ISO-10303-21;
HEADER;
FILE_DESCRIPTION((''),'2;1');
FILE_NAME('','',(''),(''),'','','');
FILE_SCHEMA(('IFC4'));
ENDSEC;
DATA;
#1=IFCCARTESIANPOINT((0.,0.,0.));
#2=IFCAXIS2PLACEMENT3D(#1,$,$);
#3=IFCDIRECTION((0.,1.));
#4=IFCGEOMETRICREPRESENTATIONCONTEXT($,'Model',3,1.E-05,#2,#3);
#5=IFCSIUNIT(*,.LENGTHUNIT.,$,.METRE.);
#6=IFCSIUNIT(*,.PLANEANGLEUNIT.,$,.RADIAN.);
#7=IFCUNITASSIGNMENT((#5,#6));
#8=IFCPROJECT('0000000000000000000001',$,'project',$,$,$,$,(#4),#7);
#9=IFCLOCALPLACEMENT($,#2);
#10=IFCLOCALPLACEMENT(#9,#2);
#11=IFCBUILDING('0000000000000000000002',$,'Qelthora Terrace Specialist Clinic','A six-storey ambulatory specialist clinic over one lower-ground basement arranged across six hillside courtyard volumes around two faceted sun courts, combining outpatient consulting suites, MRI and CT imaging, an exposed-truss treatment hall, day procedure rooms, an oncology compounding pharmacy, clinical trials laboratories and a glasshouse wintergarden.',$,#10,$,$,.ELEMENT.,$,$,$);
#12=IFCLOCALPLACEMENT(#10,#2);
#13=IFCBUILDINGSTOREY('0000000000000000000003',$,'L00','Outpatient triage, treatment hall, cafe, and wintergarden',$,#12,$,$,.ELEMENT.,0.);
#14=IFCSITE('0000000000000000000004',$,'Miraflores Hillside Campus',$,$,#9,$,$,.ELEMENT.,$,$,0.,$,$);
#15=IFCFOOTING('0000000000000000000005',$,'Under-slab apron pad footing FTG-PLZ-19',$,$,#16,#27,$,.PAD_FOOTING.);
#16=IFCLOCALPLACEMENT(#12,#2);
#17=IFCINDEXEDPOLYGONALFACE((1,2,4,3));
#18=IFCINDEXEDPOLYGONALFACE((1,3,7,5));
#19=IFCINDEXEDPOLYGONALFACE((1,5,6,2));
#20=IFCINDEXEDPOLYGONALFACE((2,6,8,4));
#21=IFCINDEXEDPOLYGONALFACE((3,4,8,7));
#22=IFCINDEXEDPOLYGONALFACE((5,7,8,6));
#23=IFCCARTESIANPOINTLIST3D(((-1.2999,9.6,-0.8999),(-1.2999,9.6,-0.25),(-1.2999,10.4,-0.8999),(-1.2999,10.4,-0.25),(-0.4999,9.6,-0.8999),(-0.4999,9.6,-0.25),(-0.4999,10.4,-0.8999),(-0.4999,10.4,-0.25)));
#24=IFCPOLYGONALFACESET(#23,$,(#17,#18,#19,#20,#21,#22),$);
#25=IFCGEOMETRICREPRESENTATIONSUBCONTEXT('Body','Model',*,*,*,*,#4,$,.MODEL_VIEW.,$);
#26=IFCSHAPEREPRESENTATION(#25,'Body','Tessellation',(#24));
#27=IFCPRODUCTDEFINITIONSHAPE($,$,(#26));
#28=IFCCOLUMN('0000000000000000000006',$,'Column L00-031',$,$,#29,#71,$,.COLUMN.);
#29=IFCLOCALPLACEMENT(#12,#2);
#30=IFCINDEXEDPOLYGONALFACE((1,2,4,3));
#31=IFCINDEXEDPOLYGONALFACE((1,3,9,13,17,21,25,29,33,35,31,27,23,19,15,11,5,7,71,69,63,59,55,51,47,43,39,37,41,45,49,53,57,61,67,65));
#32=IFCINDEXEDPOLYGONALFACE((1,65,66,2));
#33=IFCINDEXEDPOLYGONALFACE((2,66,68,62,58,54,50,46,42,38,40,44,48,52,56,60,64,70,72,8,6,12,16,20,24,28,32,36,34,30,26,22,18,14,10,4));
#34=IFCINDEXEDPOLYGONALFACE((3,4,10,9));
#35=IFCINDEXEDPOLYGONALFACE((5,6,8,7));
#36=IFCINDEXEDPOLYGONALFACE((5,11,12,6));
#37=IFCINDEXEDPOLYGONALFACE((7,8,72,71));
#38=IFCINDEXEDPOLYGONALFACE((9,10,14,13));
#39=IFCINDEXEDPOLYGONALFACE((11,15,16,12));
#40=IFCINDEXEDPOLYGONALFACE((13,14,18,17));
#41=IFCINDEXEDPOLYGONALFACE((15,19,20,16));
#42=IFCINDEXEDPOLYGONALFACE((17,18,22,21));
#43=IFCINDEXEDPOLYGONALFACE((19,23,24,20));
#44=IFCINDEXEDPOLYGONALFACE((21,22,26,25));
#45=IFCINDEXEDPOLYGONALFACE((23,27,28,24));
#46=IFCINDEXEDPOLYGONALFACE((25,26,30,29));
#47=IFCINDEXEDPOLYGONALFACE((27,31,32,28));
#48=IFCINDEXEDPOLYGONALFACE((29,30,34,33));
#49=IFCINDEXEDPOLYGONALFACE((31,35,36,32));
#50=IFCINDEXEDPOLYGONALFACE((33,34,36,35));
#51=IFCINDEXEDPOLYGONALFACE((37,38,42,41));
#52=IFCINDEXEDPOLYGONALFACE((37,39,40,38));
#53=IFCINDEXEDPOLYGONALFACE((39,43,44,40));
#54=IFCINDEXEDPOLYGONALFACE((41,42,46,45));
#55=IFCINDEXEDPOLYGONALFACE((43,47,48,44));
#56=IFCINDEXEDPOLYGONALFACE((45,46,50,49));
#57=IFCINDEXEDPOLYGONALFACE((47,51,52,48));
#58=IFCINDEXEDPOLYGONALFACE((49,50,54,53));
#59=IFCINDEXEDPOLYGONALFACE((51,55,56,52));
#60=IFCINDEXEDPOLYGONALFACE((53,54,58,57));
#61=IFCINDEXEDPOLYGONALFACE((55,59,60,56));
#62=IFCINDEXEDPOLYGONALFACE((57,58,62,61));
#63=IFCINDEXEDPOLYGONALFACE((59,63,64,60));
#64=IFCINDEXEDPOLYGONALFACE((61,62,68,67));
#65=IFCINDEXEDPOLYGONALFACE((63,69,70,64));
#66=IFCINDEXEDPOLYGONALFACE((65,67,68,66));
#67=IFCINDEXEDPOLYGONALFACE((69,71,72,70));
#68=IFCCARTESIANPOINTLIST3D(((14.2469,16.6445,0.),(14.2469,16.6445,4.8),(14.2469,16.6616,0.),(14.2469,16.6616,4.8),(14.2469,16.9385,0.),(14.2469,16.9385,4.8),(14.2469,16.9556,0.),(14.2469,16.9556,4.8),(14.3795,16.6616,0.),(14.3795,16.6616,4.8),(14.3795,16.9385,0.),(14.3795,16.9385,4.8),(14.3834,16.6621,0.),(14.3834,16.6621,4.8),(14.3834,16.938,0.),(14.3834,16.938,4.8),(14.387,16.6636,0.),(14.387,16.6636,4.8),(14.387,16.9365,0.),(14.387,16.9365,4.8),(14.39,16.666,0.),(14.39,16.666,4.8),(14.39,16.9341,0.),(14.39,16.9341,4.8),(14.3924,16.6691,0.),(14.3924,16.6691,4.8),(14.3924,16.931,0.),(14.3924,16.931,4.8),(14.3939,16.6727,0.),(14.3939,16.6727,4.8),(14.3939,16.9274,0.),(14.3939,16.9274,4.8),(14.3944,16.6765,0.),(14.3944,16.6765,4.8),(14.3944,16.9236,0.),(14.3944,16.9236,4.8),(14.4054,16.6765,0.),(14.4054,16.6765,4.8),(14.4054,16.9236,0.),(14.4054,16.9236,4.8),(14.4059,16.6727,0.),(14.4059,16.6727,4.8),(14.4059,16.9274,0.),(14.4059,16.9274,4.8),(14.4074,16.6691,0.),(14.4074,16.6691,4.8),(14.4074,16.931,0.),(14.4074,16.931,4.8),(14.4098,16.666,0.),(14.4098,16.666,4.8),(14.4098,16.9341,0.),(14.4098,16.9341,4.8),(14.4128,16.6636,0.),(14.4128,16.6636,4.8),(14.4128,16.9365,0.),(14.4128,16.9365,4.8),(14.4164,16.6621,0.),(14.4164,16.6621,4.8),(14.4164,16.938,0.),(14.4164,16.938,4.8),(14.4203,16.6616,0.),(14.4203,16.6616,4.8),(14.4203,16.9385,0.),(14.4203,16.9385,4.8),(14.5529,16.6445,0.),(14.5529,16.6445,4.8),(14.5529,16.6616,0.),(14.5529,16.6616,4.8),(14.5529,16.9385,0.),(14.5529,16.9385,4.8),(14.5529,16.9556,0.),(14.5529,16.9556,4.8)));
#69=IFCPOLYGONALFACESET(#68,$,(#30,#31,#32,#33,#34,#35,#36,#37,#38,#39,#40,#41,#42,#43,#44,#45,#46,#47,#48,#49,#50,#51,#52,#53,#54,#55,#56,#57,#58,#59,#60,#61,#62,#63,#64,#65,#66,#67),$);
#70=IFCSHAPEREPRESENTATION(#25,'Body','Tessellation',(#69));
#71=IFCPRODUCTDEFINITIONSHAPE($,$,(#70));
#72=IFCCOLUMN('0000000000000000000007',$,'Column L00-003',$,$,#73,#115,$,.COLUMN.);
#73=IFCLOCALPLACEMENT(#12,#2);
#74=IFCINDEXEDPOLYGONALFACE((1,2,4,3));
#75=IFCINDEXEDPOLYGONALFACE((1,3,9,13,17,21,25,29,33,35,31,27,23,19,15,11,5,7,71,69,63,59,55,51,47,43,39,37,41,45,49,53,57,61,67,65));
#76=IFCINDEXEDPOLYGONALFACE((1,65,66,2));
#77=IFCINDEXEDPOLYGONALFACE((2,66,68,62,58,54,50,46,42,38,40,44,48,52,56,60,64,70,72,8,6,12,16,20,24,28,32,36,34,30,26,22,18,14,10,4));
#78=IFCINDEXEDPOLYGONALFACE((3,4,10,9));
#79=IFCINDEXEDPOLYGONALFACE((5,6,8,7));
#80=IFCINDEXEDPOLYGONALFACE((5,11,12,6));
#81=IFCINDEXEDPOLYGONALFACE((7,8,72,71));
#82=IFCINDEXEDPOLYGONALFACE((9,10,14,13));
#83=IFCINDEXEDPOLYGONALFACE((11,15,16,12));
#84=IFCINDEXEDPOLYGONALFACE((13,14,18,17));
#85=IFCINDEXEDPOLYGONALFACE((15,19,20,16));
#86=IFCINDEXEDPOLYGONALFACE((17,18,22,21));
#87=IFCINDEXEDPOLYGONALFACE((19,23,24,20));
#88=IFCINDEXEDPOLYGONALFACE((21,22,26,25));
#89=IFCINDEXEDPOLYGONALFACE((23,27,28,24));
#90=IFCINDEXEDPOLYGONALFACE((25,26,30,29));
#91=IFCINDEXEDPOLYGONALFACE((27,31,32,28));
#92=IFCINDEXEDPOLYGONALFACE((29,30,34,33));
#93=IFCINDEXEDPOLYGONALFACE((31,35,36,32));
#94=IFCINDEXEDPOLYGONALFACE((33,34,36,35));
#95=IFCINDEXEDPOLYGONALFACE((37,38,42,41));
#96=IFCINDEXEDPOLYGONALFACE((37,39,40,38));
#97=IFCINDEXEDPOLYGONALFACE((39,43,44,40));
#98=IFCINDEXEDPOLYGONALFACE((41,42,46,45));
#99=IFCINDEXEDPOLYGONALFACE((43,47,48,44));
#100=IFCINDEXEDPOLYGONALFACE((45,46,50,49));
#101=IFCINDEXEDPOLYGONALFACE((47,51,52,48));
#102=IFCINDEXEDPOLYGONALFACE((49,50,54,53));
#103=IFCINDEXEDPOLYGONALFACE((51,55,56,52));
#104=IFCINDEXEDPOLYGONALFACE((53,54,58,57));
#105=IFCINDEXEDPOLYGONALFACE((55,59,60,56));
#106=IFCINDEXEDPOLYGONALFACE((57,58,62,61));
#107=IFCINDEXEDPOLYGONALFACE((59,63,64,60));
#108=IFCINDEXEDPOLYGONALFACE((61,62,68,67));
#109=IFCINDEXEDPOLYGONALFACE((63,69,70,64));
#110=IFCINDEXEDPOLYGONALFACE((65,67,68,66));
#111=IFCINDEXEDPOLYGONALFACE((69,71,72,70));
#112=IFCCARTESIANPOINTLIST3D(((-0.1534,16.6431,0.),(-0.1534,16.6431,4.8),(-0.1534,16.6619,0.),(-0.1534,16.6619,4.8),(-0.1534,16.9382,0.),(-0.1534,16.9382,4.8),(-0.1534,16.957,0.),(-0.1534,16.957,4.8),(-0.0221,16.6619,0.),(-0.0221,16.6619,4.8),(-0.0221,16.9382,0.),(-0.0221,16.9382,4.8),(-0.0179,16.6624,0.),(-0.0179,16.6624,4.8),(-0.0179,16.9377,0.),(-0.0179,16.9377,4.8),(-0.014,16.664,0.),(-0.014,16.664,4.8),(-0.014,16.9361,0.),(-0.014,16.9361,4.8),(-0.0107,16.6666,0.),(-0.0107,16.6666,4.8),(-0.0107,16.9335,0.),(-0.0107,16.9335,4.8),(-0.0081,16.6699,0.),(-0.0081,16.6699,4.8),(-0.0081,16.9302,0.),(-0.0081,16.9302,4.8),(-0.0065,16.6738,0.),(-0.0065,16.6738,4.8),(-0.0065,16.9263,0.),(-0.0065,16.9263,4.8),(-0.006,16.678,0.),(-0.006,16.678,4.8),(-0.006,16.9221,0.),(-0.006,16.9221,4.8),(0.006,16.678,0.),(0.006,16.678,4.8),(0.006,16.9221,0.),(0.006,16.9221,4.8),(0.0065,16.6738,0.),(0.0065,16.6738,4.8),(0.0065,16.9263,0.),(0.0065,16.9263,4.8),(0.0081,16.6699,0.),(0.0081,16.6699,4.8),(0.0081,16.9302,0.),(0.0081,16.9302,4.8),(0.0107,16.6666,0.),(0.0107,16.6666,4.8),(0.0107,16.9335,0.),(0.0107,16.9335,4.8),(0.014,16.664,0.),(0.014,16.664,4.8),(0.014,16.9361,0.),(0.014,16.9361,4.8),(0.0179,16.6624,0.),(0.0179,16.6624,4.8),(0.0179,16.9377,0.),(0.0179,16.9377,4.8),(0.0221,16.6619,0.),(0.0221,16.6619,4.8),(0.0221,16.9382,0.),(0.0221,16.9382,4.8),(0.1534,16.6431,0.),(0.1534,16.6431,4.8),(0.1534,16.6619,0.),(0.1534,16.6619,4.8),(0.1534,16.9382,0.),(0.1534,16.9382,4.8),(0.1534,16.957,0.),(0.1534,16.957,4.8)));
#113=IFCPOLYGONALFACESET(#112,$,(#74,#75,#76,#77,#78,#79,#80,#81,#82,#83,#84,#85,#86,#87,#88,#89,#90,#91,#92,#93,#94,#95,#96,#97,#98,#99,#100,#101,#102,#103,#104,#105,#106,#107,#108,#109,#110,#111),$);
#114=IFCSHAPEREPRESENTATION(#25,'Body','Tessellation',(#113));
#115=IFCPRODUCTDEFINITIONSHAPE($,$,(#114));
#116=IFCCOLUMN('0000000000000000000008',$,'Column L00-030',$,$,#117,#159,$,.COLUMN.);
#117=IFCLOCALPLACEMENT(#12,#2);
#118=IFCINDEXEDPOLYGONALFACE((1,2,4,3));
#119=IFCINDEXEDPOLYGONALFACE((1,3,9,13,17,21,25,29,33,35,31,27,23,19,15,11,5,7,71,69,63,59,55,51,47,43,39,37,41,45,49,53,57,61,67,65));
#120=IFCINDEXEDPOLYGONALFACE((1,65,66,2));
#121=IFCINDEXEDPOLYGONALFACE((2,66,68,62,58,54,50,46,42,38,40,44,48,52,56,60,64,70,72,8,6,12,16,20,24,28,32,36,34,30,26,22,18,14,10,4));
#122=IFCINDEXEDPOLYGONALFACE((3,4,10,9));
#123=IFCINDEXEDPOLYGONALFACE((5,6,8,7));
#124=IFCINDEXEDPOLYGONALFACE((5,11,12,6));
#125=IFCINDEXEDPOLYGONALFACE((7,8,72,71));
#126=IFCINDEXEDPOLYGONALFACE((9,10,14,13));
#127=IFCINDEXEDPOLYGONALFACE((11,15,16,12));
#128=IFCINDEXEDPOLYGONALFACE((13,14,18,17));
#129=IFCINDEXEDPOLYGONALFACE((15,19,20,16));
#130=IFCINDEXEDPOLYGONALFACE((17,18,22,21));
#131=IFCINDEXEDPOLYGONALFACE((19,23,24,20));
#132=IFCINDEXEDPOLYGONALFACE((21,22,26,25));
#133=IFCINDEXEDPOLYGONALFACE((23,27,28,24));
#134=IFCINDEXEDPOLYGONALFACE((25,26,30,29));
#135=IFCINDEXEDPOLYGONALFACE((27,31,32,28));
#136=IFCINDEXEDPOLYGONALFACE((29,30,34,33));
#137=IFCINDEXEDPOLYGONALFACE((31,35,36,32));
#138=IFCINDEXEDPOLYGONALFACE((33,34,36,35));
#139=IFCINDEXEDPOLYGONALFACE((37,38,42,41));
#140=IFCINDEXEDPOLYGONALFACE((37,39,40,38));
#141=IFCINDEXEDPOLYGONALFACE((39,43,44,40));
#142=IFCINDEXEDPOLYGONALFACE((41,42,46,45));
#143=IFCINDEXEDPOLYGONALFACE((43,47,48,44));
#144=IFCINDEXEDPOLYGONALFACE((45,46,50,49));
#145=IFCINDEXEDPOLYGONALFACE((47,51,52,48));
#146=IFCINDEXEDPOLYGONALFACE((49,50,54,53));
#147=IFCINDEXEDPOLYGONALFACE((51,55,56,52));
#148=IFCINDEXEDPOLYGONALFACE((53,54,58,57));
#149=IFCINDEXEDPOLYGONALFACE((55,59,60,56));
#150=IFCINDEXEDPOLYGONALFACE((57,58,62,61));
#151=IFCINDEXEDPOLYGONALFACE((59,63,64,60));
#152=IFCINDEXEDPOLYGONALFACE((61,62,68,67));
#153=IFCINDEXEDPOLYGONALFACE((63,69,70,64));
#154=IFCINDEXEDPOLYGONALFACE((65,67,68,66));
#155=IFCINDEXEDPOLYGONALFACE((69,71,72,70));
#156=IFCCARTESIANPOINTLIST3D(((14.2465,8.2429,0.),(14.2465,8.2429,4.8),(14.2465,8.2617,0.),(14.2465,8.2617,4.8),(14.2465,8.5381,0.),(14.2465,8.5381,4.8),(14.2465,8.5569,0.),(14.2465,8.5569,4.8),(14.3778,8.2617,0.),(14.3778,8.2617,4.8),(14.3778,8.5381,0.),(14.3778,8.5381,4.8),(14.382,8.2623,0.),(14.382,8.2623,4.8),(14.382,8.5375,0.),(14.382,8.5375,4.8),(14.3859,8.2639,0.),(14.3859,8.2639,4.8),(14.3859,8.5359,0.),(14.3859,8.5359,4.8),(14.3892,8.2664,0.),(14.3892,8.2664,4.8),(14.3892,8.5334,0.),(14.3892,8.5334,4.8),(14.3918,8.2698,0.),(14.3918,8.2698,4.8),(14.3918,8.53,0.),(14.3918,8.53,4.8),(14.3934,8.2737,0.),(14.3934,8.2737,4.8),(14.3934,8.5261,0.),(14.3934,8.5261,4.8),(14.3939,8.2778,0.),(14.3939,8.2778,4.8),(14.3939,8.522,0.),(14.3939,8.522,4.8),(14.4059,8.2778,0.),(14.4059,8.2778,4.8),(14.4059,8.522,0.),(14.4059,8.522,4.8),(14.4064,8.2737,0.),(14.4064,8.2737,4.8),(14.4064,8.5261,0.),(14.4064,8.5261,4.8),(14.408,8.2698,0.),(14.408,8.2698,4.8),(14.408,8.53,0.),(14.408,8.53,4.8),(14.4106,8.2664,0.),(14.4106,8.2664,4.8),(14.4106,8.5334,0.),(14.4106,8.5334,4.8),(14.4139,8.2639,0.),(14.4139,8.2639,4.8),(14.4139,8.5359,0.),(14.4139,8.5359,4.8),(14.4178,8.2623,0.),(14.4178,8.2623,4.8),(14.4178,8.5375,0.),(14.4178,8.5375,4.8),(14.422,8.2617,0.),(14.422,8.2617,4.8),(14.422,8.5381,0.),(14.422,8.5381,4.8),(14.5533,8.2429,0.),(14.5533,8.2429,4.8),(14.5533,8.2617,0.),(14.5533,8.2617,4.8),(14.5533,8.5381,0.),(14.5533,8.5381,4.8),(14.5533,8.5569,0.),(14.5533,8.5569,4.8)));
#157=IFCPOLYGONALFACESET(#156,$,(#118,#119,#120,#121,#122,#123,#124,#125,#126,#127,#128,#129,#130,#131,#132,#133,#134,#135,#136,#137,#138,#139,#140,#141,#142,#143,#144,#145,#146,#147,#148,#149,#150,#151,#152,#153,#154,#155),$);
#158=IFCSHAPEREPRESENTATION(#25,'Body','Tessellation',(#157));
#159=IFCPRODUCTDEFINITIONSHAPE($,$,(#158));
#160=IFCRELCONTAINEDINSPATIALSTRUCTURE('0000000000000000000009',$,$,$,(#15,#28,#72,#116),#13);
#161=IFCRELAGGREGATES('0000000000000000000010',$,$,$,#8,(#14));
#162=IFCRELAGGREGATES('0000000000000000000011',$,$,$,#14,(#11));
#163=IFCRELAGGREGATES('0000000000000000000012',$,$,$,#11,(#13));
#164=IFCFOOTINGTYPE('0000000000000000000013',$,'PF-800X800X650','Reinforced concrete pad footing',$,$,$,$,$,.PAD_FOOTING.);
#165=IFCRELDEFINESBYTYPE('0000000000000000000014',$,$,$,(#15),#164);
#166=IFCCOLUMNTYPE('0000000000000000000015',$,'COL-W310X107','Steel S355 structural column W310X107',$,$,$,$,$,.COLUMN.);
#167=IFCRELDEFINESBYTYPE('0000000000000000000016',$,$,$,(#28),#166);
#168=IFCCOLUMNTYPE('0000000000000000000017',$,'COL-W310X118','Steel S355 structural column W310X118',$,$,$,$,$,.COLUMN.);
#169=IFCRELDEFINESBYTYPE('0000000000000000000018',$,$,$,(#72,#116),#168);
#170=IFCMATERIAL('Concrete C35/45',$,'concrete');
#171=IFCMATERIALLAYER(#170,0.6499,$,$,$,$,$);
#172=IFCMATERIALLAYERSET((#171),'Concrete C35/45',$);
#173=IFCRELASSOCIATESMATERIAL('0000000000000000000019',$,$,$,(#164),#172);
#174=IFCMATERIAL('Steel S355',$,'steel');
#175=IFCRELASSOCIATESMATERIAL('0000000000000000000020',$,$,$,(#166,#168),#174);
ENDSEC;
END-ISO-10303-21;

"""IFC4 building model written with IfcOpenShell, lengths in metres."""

from ifc_helpers import new_model, si_unit, direction, frame, origin, origin_2d, place, context, subcontext, project, spatial, rectangle, i_section, extrude, material, layer, layer_set, material_profile, profile_set, type_object, element, save


model = new_model("IFC4")

# Units and contexts
model_context = context("Model", 3, precision=1e-05, world=origin(), true_north=direction((0.0, 1.0)))
body_context = subcontext(model_context, "Body", "Model", "MODEL_VIEW")
ifc_project = project(units=[si_unit("LENGTHUNIT", "METRE"), si_unit("PLANEANGLEUNIT", "RADIAN")], contexts=[model_context])

# Site, building, storey
site_placement = place(None, origin())
site = spatial("IfcSite", under=ifc_project, at=site_placement, Name="Miraflores Hillside Campus", CompositionType="ELEMENT", RefElevation=0.0)
building_placement = place(site_placement, origin())
building = spatial("IfcBuilding", under=site, at=building_placement, Name="Qelthora Terrace Specialist Clinic", Description="A six-storey ambulatory specialist clinic over one lower-ground basement arranged across six hillside courtyard volumes around two faceted sun courts, combining outpatient consulting suites, MRI and CT imaging, an exposed-truss treatment hall, day procedure rooms, an oncology compounding pharmacy, clinical trials laboratories and a glasshouse wintergarden.", CompositionType="ELEMENT")
storey_placement = place(building_placement, origin())
storey = spatial("IfcBuildingStorey", under=building, at=storey_placement, Name="L00", Description="Outpatient triage, treatment hall, cafe, and wintergarden", CompositionType="ELEMENT", Elevation=0.0)

# Footing
ifc_material_1 = material(Name="Concrete C35/45", Category="concrete")
ifc_layer_1 = layer(ifc_material_1, 0.6499)
ifc_layer_set_1 = layer_set([ifc_layer_1], Name="Concrete C35/45")
footing_type = type_object("IfcFootingType", Name="PF-800X800X650", Description="Reinforced concrete pad footing", PredefinedType="PAD_FOOTING", material=ifc_layer_set_1)
footing_placement = place(storey_placement, frame((-0.8999, 10.0, -0.8999), z_axis=(0.0, 0.0, 1.0), x_axis=(1.0, 0.0, 0.0)))
element("IfcFooting", 1, at=footing_placement, inside=storey, type_object=footing_type, Name="Under-slab apron pad footing FTG-PLZ-19", PredefinedType="PAD_FOOTING", context=body_context, shape_type="SweptSolid", body=[
    extrude(rectangle(XDim=0.8, YDim=0.8, at=origin_2d()), origin(), (0.0, 0.0, 1.0), 0.6499),
])

# Columns
ifc_material_2 = material(Name="Steel S355", Category="steel")
ifc_material_profile_1 = material_profile(ifc_material_2, i_section(OverallWidth=0.3059, OverallDepth=0.311, WebThickness=0.011, FlangeThickness=0.0171, FilletRadius=0.0149, at=origin_2d()), Name="W310X107")
ifc_profile_set_1 = profile_set([ifc_material_profile_1], Name="Steel S355")
column_type_1 = type_object("IfcColumnType", Name="COL-W310X107", Description="Steel S355 structural column W310X107", PredefinedType="COLUMN", material=ifc_profile_set_1)
column_1_placement = place(storey_placement, frame((14.3999, 16.8, 0.0), z_axis=(0.0, 0.0, 1.0), x_axis=(1.0, 0.0, 0.0)))
element("IfcColumn", 2, at=column_1_placement, inside=storey, type_object=column_type_1, Name="Column L00-031", PredefinedType="COLUMN", context=body_context, shape_type="SweptSolid", body=[
    extrude(i_section(OverallWidth=0.3059, OverallDepth=0.311, WebThickness=0.011, FlangeThickness=0.0171, FilletRadius=0.0149, at=origin_2d()), origin(), (0.0, 0.0, 1.0), 4.8),
])
ifc_material_profile_2 = material_profile(ifc_material_2, i_section(OverallWidth=0.3069, OverallDepth=0.314, WebThickness=0.012, FlangeThickness=0.0188, FilletRadius=0.0161, at=origin_2d()), Name="W310X118")
ifc_profile_set_2 = profile_set([ifc_material_profile_2], Name="Steel S355")
column_type_2 = type_object("IfcColumnType", Name="COL-W310X118", Description="Steel S355 structural column W310X118", PredefinedType="COLUMN", material=ifc_profile_set_2)
for number, where, z_axis, x_axis, name in (
    (3, (0.0, 16.8, 0.0), (0.0, 0.0, 1.0), (1.0, 0.0, 0.0), "Column L00-003"),
    (4, (14.3999, 8.3999, 0.0), (0.0, 0.0, 1.0), (1.0, 0.0, 0.0), "Column L00-030"),
):
    element("IfcColumn", number, at=place(storey_placement, frame(where, z_axis=z_axis, x_axis=x_axis)), inside=storey, type_object=column_type_2, Name=name, PredefinedType="COLUMN", context=body_context, shape_type="SweptSolid", body=[
        extrude(i_section(OverallWidth=0.3069, OverallDepth=0.314, WebThickness=0.012, FlangeThickness=0.0188, FilletRadius=0.0161, at=origin_2d()), origin(), (0.0, 0.0, 1.0), 4.8),
    ])

save(model, "model.ifc")
